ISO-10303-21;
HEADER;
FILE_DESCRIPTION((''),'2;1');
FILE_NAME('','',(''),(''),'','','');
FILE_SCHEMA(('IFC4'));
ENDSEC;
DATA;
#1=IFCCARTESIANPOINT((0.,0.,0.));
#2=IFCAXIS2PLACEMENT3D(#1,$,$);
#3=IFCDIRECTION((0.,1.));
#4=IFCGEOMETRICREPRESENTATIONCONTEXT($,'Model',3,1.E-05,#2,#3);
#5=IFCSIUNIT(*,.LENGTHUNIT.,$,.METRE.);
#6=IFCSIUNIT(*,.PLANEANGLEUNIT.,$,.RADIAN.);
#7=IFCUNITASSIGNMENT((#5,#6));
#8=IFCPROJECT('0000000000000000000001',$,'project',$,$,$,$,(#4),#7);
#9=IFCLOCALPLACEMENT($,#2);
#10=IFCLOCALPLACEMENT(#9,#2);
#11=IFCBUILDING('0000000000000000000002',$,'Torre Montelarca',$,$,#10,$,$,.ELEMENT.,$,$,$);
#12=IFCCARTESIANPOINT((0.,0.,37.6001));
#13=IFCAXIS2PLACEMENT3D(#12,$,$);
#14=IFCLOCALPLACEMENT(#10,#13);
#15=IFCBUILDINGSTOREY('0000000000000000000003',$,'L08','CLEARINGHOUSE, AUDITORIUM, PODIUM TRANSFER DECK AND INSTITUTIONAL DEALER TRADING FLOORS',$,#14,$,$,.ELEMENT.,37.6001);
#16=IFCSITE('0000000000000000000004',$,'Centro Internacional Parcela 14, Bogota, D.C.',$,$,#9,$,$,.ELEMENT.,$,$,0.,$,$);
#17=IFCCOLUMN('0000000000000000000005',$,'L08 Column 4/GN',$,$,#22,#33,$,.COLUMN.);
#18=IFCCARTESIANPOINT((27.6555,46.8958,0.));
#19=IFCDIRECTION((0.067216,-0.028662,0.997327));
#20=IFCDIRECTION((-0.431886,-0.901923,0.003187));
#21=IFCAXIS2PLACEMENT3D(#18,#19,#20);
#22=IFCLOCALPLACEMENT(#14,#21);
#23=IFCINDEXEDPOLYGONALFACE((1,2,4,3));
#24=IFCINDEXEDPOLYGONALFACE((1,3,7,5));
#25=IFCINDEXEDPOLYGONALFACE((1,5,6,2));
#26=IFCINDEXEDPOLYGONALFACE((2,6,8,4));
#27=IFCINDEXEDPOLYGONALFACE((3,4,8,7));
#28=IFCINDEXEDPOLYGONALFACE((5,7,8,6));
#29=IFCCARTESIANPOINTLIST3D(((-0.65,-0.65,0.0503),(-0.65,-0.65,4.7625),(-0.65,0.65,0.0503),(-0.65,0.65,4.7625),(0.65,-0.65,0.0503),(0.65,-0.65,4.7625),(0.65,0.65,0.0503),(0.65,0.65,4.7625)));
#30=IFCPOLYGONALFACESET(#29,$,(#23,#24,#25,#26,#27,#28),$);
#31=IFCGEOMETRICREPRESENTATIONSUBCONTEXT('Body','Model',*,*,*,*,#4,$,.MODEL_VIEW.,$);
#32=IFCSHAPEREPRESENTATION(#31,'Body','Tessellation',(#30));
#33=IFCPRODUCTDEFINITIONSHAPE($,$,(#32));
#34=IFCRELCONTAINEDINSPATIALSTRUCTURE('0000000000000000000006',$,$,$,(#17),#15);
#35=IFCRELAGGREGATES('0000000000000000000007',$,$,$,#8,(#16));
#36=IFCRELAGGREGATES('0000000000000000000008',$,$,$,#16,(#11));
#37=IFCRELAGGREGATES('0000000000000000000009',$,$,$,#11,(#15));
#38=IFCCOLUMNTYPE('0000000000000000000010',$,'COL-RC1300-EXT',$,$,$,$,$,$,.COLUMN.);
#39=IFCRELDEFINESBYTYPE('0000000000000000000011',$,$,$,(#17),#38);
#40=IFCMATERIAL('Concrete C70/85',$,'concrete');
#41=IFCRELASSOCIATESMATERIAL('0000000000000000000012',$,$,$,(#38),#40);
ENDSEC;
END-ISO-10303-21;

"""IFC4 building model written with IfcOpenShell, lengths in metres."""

from ifc_helpers import new_model, si_unit, direction, frame, origin, origin_2d, place, context, subcontext, project, spatial, rectangle, extrude, clip, halfspace, material, material_profile, profile_set, type_object, element, save


model = new_model("IFC4")

# Units and contexts
model_context = context("Model", 3, precision=1e-05, world=origin(), true_north=direction((0.0, 1.0)))
body_context = subcontext(model_context, "Body", "Model", "MODEL_VIEW")
ifc_project = project(units=[si_unit("LENGTHUNIT", "METRE"), si_unit("PLANEANGLEUNIT", "RADIAN")], contexts=[model_context])

# Site, building, storey
site_placement = place(None, origin())
site = spatial("IfcSite", under=ifc_project, at=site_placement, Name="Centro Internacional Parcela 14, Bogota, D.C.", CompositionType="ELEMENT", RefElevation=0.0)
building_placement = place(site_placement, origin())
building = spatial("IfcBuilding", under=site, at=building_placement, Name="Torre Montelarca", CompositionType="ELEMENT")
storey_placement = place(building_placement, frame((0.0, 0.0, 37.6001)))
storey = spatial("IfcBuildingStorey", under=building, at=storey_placement, Name="L08", Description="CLEARINGHOUSE, AUDITORIUM, PODIUM TRANSFER DECK AND INSTITUTIONAL DEALER TRADING FLOORS", CompositionType="ELEMENT", Elevation=37.6001)

# Column
ifc_material_1 = material(Name="Concrete C70/85", Category="concrete")
ifc_material_profile_1 = material_profile(ifc_material_1, rectangle(XDim=1.3, YDim=1.3, at=origin_2d()), Name="RC1300X1300", Category="concrete")
ifc_profile_set_1 = profile_set([ifc_material_profile_1], Name="Concrete C70/85")
column_type = type_object("IfcColumnType", Name="COL-RC1300-EXT", PredefinedType="COLUMN", material=ifc_profile_set_1)
column_placement = place(storey_placement, frame((27.6555, 46.8958, 0.0), z_axis=(0.067216, -0.028662, 0.997327), x_axis=(-0.431886, -0.901923, 0.003187)))
element("IfcColumn", 1, at=column_placement, inside=storey, type_object=column_type, Name="L08 Column 4/GN", PredefinedType="COLUMN", context=body_context, shape_type="Clipping", body=[
    clip(clip(extrude(rectangle(XDim=1.3, YDim=1.3, at=origin_2d()), origin(), (0.0, 0.0, 1.0), 4.8127), halfspace(frame((0.0, 0.0, 0.0503), z_axis=(0.0, 0.0, -1.0), x_axis=(1.0, 0.0, 0.0)), False)), halfspace(frame((0.0, 0.0, 4.7625), z_axis=(0.0, 0.0, 1.0), x_axis=(1.0, 0.0, 0.0)), False)),
])

save(model, "model.ifc")
